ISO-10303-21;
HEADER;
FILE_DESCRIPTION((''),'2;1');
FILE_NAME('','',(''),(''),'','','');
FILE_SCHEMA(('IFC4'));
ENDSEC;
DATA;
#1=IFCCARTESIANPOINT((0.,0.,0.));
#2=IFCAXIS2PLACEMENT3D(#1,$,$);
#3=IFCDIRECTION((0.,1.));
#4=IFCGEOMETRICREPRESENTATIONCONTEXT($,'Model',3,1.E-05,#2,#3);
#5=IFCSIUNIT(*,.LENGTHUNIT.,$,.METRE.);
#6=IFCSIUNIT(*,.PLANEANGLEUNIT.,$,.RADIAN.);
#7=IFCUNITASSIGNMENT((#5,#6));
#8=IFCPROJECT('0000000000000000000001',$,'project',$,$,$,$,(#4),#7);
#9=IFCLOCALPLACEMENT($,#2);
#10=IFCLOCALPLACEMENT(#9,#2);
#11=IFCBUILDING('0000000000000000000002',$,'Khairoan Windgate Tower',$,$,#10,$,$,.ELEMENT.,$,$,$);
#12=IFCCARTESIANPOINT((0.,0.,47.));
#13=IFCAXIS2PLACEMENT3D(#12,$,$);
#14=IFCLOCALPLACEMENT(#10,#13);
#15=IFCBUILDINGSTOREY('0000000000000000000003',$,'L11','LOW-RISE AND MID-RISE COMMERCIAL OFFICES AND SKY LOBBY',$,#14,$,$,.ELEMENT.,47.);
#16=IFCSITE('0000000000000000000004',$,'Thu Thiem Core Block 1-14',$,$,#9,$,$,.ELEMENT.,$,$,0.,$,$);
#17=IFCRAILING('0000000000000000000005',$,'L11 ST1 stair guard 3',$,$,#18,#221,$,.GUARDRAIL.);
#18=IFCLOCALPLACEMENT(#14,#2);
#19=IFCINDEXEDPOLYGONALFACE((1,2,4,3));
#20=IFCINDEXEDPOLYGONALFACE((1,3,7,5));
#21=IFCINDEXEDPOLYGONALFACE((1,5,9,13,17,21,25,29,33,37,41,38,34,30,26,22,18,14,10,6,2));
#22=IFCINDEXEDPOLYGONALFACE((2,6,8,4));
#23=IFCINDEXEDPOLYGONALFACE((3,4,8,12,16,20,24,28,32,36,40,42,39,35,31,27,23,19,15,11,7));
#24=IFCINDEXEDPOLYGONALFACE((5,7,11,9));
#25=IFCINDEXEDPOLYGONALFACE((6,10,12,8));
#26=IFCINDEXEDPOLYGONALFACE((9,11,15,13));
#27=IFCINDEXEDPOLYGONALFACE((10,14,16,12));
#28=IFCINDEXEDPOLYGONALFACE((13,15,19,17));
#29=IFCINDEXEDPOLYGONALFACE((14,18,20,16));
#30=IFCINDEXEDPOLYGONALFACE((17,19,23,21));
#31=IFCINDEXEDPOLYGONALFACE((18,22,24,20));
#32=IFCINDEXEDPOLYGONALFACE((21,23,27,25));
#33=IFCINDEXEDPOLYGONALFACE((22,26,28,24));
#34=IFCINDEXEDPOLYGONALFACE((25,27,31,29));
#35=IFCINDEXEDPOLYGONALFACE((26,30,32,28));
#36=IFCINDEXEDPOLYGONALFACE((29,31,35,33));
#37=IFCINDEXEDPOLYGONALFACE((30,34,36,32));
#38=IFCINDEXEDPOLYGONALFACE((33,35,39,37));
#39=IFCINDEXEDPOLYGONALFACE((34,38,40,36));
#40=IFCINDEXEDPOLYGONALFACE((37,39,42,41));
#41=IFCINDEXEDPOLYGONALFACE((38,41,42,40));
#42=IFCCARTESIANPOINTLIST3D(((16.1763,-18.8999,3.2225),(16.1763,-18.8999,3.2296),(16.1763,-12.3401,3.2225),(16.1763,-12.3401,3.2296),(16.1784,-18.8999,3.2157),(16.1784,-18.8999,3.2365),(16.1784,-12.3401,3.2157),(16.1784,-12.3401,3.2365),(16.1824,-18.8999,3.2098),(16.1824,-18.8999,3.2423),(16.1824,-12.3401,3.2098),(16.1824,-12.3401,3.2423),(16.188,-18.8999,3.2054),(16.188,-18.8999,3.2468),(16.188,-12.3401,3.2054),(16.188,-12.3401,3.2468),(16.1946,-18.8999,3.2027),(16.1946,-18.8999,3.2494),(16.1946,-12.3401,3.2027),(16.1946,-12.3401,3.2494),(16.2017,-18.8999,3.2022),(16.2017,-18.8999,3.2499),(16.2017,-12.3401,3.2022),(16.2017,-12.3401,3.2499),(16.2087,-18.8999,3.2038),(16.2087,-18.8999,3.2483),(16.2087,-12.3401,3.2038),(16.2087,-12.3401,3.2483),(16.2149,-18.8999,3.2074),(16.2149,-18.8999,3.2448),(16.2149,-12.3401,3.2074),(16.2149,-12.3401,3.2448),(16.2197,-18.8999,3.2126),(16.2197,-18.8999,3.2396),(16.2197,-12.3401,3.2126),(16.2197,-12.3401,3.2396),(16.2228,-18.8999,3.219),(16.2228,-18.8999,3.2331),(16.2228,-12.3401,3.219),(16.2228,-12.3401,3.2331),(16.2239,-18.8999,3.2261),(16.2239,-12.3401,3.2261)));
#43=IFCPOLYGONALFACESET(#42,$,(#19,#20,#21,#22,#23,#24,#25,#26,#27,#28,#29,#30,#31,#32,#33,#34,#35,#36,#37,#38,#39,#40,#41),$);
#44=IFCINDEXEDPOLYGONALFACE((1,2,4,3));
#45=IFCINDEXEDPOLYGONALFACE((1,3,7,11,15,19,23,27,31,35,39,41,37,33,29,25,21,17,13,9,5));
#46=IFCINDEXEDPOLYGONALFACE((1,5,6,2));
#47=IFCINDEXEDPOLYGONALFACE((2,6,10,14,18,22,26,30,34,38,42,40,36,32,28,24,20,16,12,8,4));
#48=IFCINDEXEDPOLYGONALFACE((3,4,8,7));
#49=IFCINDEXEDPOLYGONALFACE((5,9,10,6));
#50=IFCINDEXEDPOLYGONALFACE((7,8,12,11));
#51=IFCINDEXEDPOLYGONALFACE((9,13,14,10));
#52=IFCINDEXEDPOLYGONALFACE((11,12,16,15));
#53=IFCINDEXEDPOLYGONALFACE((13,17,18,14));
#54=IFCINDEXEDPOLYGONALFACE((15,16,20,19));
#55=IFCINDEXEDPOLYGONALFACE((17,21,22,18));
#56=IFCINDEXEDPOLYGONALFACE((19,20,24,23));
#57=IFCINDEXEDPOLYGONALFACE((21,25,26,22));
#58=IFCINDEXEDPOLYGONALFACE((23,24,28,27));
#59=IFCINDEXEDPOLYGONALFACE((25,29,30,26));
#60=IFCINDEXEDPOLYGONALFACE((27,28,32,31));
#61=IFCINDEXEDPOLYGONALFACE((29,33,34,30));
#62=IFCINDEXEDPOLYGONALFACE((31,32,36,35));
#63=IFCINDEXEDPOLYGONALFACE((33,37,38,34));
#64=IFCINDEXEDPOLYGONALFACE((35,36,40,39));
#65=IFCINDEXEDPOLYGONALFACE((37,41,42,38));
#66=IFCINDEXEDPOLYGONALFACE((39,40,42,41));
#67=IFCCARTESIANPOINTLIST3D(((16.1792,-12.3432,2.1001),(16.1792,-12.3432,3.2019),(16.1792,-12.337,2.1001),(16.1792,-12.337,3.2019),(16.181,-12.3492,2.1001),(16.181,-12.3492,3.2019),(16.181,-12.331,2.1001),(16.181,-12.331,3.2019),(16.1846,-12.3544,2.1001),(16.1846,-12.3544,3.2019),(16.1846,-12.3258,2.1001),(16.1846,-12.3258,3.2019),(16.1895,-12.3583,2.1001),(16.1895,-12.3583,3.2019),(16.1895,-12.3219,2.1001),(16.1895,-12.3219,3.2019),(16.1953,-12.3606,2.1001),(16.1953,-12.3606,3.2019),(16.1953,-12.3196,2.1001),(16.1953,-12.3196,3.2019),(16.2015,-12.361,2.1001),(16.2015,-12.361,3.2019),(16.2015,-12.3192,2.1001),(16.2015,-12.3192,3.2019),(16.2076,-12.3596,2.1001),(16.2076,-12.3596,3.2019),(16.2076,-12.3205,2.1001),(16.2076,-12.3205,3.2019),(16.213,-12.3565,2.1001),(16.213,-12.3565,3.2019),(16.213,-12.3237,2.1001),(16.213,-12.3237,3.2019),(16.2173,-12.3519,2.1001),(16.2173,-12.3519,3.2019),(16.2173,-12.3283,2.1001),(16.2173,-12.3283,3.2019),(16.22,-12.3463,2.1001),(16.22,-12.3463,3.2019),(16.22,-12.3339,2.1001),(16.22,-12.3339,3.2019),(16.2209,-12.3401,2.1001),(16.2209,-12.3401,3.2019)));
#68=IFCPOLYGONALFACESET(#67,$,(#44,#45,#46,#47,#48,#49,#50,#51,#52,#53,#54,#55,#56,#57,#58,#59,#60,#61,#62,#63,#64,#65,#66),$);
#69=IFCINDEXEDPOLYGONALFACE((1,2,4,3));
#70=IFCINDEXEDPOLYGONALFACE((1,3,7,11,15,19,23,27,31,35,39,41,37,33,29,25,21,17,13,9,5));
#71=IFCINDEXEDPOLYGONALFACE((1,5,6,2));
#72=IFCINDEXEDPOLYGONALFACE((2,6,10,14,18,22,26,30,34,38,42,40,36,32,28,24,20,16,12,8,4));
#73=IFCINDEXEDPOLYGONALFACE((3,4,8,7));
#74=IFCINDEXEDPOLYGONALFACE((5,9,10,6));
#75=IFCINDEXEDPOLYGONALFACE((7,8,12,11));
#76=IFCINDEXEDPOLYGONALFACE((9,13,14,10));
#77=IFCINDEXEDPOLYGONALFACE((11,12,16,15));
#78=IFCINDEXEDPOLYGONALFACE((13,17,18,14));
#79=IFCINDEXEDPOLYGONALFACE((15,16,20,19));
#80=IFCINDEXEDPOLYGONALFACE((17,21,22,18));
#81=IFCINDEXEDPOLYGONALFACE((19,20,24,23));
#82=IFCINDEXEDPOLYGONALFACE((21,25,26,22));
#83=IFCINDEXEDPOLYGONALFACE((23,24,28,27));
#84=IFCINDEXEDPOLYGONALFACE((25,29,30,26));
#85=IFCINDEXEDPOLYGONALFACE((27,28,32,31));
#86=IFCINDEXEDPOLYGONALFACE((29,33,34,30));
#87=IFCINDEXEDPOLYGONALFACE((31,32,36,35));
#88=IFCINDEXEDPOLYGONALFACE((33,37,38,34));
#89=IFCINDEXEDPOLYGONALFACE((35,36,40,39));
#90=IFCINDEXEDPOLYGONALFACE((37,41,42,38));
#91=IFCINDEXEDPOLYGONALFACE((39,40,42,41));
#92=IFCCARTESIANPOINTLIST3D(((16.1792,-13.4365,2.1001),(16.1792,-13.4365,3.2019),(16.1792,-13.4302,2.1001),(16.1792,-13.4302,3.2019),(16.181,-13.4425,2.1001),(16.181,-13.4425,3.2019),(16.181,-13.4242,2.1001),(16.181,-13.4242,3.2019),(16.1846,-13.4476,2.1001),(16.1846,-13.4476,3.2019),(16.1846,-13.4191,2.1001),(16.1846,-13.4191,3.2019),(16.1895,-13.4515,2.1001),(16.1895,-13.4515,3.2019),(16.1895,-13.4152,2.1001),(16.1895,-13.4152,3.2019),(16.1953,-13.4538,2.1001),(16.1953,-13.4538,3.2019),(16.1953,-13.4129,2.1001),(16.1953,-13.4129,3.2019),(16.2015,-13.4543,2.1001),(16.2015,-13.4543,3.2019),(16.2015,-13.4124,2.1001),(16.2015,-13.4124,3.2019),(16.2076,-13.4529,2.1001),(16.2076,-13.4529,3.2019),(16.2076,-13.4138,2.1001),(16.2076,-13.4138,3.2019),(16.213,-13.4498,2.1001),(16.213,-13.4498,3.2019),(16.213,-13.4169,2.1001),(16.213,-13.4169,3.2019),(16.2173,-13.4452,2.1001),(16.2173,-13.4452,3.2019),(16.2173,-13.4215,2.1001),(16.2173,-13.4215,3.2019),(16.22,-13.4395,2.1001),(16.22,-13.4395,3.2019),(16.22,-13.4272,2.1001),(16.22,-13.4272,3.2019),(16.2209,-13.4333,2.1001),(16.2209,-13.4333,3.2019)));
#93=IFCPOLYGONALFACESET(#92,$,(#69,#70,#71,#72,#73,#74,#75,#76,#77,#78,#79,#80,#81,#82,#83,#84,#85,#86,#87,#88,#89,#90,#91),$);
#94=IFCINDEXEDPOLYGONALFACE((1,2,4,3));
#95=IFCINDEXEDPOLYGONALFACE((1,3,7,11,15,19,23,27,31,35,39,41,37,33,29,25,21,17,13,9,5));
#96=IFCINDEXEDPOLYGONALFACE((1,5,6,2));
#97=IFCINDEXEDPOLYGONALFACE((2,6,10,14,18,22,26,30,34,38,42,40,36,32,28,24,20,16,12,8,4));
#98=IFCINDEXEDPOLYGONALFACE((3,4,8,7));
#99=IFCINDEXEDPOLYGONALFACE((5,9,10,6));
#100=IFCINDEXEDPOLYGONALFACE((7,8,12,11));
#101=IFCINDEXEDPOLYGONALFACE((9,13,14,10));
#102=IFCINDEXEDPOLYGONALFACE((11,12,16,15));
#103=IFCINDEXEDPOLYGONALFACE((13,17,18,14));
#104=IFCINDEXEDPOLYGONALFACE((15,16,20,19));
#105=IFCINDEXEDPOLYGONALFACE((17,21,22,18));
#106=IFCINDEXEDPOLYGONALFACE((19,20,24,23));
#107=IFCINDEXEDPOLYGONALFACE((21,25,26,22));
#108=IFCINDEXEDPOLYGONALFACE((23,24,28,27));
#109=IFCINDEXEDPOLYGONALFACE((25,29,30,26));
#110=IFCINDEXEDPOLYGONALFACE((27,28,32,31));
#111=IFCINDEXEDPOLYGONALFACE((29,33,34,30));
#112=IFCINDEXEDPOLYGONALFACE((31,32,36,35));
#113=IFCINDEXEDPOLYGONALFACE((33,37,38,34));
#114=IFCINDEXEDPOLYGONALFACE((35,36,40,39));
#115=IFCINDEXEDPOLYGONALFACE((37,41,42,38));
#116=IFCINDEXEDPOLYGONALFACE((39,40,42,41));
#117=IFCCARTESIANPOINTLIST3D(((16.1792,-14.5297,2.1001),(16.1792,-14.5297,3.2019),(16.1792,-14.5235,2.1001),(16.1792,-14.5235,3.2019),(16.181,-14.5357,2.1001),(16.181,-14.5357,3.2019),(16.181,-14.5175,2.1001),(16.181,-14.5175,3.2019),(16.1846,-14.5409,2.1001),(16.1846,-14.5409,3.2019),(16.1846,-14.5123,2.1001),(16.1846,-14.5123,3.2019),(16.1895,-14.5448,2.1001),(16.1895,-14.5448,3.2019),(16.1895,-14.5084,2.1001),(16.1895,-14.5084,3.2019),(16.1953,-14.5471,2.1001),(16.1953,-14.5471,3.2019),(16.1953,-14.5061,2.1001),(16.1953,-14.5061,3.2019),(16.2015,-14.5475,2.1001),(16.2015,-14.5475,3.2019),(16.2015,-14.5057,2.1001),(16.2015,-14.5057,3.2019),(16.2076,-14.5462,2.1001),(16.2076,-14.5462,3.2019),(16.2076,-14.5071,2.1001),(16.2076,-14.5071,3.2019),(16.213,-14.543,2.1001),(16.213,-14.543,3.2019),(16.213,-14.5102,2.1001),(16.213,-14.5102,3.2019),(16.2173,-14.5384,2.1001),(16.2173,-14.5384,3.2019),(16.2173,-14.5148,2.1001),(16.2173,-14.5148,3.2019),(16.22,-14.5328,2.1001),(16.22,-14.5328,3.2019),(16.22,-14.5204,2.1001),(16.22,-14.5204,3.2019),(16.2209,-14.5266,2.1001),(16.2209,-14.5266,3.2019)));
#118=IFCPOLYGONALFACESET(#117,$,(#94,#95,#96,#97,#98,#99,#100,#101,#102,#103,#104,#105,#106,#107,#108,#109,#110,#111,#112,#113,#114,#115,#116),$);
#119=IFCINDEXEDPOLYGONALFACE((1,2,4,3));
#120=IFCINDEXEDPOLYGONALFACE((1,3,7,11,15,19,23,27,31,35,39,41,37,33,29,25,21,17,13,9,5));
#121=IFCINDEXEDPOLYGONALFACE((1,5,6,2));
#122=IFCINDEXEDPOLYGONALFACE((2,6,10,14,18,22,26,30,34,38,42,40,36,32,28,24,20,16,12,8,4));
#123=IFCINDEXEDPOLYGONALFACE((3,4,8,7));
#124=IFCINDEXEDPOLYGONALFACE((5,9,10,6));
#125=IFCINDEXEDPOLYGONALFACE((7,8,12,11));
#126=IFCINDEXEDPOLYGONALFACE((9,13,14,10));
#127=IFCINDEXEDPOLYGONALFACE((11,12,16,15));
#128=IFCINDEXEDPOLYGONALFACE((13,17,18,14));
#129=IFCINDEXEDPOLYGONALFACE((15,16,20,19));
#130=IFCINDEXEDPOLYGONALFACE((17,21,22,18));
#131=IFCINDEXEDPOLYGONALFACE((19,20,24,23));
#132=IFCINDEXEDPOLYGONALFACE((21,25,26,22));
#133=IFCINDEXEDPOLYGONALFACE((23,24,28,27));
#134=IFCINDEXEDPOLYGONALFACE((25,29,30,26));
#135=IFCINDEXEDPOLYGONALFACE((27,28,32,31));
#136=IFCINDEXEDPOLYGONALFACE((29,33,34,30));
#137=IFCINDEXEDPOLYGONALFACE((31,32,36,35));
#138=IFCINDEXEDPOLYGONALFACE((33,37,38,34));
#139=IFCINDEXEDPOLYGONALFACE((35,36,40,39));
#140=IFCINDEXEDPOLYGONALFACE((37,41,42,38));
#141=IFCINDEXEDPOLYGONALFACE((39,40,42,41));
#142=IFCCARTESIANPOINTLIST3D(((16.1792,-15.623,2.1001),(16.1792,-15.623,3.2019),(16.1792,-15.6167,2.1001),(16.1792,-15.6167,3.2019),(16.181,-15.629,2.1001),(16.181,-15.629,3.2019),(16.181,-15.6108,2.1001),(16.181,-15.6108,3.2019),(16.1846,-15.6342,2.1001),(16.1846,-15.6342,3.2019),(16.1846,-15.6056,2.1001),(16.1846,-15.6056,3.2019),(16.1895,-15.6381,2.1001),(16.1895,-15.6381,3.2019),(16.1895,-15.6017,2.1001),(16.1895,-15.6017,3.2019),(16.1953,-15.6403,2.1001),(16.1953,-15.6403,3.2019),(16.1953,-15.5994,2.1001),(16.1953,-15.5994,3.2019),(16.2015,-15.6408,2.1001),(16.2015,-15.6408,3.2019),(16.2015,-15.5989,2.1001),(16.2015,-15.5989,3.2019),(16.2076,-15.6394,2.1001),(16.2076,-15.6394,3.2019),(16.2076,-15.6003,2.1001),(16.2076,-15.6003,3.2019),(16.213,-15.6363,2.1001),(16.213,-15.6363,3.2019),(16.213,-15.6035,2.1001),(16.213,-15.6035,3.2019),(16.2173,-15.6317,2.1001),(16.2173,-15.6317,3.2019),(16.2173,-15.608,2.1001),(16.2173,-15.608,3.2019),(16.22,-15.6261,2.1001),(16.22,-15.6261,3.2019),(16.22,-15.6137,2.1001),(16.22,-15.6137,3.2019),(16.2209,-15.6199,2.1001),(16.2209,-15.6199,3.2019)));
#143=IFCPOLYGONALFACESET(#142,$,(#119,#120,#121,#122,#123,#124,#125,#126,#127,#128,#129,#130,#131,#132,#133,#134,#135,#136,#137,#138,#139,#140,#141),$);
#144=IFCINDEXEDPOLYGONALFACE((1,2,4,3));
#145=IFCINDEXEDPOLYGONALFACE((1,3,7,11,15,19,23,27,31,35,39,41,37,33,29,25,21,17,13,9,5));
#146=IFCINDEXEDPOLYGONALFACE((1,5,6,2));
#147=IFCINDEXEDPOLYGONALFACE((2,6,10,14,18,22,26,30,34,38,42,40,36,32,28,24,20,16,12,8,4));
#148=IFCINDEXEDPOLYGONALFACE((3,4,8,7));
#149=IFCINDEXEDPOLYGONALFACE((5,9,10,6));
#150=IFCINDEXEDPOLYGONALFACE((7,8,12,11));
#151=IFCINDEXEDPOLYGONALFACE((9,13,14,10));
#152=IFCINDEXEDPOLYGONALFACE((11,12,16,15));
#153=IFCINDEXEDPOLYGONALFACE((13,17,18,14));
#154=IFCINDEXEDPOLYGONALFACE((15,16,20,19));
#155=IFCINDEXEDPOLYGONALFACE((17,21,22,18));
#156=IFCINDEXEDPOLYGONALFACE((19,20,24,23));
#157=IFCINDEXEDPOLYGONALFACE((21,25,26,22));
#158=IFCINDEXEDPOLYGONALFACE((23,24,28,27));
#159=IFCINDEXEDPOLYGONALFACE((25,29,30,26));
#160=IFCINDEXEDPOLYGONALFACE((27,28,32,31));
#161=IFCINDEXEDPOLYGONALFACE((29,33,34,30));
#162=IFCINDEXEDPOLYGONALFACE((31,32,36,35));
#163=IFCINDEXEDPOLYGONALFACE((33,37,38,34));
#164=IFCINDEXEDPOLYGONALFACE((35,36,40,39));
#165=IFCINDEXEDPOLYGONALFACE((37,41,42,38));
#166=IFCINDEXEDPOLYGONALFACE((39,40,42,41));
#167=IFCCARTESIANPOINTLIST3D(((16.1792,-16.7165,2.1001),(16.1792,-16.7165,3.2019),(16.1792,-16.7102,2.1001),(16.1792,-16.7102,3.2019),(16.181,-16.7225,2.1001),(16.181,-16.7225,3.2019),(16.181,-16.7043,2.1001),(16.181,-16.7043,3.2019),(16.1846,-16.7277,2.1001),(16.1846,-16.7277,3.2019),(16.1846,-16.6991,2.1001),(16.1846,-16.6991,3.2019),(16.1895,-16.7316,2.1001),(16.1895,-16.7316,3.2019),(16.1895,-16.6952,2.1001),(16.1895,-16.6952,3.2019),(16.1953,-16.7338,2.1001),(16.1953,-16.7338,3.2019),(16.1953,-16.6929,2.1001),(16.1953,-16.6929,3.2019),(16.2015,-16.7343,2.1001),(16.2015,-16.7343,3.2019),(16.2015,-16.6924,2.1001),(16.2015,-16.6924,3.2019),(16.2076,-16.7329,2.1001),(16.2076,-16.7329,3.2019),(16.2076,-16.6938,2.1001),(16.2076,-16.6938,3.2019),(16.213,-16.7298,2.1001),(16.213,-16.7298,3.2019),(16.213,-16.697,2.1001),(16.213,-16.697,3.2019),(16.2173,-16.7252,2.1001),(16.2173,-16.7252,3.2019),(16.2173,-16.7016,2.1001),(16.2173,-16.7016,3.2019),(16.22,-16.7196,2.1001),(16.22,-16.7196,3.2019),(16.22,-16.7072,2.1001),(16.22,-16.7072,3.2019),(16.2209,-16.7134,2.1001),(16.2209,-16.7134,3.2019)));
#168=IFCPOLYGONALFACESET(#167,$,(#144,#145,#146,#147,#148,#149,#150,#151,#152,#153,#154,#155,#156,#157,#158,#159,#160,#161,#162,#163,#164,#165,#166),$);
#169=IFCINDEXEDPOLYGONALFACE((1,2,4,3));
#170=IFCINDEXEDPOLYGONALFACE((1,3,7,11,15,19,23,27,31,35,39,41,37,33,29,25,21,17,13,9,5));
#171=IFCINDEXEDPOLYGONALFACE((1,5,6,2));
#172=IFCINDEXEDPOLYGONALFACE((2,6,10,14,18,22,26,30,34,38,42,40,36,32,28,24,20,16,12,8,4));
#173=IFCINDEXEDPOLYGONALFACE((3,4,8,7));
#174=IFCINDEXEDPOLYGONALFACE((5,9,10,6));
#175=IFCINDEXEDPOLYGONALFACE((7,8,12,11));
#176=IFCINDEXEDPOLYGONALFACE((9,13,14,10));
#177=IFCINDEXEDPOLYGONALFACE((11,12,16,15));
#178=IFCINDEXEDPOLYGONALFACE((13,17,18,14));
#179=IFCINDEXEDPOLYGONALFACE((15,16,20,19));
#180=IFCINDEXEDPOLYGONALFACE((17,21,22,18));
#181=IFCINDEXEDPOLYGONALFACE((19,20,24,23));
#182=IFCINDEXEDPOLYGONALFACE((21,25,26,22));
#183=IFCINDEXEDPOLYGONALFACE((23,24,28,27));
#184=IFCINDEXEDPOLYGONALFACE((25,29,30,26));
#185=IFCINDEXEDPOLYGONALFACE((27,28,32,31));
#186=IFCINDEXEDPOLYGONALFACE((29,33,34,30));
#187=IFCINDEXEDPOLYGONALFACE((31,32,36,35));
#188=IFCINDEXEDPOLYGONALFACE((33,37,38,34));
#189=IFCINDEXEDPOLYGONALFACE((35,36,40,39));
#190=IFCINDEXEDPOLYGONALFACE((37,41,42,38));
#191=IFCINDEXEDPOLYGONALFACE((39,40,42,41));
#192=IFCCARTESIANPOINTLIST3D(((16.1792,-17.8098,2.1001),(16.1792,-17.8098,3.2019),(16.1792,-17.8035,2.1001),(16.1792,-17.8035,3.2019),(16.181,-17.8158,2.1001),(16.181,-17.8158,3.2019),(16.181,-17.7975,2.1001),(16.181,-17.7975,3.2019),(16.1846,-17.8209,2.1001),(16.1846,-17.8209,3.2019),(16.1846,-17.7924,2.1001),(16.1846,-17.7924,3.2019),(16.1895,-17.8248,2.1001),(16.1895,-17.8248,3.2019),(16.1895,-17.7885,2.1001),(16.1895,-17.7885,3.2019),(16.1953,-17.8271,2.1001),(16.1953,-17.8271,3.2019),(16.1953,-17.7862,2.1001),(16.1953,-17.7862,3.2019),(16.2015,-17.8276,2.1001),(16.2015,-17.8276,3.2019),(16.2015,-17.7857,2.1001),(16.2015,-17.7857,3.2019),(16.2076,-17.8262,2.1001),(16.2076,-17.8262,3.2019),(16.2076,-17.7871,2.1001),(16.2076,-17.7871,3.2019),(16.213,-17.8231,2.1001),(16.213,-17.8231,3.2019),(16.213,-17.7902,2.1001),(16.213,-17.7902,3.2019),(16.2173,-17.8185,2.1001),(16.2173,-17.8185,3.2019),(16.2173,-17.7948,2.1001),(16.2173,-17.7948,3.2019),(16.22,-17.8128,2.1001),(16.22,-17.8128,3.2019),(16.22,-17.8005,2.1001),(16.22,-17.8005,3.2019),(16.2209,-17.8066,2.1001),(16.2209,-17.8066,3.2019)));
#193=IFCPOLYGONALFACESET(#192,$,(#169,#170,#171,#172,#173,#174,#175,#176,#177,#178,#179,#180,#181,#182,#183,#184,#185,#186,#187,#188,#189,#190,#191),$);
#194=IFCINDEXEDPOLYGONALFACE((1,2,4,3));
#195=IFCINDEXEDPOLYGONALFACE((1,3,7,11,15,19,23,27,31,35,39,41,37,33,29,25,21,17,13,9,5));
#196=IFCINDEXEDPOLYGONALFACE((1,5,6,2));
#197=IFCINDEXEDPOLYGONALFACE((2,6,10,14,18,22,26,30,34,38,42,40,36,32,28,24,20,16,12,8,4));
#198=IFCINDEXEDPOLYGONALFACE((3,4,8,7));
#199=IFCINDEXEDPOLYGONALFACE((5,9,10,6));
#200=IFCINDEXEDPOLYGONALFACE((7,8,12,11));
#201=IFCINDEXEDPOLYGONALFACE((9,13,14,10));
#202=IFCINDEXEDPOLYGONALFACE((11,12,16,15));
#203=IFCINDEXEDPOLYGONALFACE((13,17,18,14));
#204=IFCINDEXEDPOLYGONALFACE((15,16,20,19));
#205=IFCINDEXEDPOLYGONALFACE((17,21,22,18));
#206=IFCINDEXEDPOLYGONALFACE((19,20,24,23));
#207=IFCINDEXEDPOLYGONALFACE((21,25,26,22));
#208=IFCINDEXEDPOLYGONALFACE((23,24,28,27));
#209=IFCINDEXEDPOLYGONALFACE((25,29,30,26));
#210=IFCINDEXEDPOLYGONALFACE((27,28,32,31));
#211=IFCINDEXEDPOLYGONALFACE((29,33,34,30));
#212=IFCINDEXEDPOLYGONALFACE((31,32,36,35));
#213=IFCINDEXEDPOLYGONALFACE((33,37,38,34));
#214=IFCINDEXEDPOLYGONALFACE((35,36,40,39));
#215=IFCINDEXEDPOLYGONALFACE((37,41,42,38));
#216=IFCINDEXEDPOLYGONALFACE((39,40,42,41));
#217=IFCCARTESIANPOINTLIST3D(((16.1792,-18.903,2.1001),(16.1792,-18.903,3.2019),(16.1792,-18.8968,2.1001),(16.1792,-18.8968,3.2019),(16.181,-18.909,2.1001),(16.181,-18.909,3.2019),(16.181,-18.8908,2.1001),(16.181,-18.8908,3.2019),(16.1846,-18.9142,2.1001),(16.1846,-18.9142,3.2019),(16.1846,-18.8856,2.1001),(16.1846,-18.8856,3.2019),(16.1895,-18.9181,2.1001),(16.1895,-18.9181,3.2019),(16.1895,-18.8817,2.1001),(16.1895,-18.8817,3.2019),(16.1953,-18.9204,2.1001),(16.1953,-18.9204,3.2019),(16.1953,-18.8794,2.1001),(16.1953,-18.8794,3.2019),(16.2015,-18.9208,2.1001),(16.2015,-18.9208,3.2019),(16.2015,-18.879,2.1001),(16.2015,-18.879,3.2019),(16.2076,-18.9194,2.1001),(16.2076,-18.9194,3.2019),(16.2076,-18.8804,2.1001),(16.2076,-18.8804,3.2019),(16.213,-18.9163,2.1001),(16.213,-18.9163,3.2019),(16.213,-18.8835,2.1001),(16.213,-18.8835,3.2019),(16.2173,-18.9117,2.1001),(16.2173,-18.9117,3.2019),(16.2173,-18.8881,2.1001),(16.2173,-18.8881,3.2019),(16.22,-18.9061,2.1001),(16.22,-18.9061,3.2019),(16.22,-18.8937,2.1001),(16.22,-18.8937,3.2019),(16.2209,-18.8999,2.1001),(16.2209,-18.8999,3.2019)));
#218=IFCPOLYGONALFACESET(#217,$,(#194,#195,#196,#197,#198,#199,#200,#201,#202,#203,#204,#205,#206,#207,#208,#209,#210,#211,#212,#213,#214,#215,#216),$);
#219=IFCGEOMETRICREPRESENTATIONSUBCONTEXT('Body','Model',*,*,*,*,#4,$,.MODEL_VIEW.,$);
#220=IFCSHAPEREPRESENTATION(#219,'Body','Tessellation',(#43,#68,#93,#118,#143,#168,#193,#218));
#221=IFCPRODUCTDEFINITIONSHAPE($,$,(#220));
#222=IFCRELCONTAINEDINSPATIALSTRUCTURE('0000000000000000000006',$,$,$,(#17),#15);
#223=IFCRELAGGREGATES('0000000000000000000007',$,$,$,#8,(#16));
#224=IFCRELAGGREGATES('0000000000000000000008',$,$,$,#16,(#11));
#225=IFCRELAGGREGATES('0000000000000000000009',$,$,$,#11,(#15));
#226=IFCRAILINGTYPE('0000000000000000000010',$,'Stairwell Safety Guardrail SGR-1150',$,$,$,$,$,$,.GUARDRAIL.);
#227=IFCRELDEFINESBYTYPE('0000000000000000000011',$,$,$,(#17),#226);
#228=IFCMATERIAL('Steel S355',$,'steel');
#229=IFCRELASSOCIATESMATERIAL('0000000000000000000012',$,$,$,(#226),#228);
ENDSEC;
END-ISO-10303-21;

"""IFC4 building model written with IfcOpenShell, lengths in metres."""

from ifc_helpers import new_model, si_unit, direction, frame, origin, origin_2d, place, context, subcontext, project, spatial, circle, extrude, material, type_object, element, save


model = new_model("IFC4")

# Units and contexts
model_context = context("Model", 3, precision=1e-05, world=origin(), true_north=direction((0.0, 1.0)))
body_context = subcontext(model_context, "Body", "Model", "MODEL_VIEW")
ifc_project = project(units=[si_unit("LENGTHUNIT", "METRE"), si_unit("PLANEANGLEUNIT", "RADIAN")], contexts=[model_context])

# Site, building, storey
site_placement = place(None, origin())
site = spatial("IfcSite", under=ifc_project, at=site_placement, Name="Thu Thiem Core Block 1-14", CompositionType="ELEMENT", RefElevation=0.0)
building_placement = place(site_placement, origin())
building = spatial("IfcBuilding", under=site, at=building_placement, Name="Khairoan Windgate Tower", CompositionType="ELEMENT")
storey_placement = place(building_placement, frame((0.0, 0.0, 47.0)))
storey = spatial("IfcBuildingStorey", under=building, at=storey_placement, Name="L11", Description="LOW-RISE AND MID-RISE COMMERCIAL OFFICES AND SKY LOBBY", CompositionType="ELEMENT", Elevation=47.0)

# Railing
ifc_material_1 = material(Name="Steel S355", Category="steel")
railing_type = type_object("IfcRailingType", Name="Stairwell Safety Guardrail SGR-1150", PredefinedType="GUARDRAIL", material=ifc_material_1)
railing_1_placement = place(storey_placement, frame((16.2, -12.3401, 2.1001)))
element("IfcRailing", 1, at=railing_1_placement, inside=storey, type_object=railing_type, Name="L11 ST1 stair guard 3", PredefinedType="GUARDRAIL", context=body_context, shape_type="SweptSolid", body=[
    extrude(circle(Radius=0.0239, at=origin_2d()), frame((0.0, 0.0, 1.126), z_axis=(0.0, -1.0, 0.0), x_axis=(1.0, 0.0, 0.0)), (0.0, 0.0, 1.0), 6.5598),
    extrude(circle(Radius=0.021, at=origin_2d()), origin(), (0.0, 0.0, 1.0), 1.1018),
    extrude(circle(Radius=0.021, at=origin_2d()), frame((0.0, -1.0933, 0.0)), (0.0, 0.0, 1.0), 1.1018),
    extrude(circle(Radius=0.021, at=origin_2d()), frame((0.0, -2.1865, 0.0)), (0.0, 0.0, 1.0), 1.1018),
    extrude(circle(Radius=0.021, at=origin_2d()), frame((0.0, -3.2798, 0.0)), (0.0, 0.0, 1.0), 1.1018),
    extrude(circle(Radius=0.021, at=origin_2d()), frame((0.0, -4.3733, 0.0)), (0.0, 0.0, 1.0), 1.1018),
    extrude(circle(Radius=0.021, at=origin_2d()), frame((0.0, -5.4666, 0.0)), (0.0, 0.0, 1.0), 1.1018),
    extrude(circle(Radius=0.021, at=origin_2d()), frame((0.0, -6.5598, 0.0)), (0.0, 0.0, 1.0), 1.1018),
])

save(model, "model.ifc")
